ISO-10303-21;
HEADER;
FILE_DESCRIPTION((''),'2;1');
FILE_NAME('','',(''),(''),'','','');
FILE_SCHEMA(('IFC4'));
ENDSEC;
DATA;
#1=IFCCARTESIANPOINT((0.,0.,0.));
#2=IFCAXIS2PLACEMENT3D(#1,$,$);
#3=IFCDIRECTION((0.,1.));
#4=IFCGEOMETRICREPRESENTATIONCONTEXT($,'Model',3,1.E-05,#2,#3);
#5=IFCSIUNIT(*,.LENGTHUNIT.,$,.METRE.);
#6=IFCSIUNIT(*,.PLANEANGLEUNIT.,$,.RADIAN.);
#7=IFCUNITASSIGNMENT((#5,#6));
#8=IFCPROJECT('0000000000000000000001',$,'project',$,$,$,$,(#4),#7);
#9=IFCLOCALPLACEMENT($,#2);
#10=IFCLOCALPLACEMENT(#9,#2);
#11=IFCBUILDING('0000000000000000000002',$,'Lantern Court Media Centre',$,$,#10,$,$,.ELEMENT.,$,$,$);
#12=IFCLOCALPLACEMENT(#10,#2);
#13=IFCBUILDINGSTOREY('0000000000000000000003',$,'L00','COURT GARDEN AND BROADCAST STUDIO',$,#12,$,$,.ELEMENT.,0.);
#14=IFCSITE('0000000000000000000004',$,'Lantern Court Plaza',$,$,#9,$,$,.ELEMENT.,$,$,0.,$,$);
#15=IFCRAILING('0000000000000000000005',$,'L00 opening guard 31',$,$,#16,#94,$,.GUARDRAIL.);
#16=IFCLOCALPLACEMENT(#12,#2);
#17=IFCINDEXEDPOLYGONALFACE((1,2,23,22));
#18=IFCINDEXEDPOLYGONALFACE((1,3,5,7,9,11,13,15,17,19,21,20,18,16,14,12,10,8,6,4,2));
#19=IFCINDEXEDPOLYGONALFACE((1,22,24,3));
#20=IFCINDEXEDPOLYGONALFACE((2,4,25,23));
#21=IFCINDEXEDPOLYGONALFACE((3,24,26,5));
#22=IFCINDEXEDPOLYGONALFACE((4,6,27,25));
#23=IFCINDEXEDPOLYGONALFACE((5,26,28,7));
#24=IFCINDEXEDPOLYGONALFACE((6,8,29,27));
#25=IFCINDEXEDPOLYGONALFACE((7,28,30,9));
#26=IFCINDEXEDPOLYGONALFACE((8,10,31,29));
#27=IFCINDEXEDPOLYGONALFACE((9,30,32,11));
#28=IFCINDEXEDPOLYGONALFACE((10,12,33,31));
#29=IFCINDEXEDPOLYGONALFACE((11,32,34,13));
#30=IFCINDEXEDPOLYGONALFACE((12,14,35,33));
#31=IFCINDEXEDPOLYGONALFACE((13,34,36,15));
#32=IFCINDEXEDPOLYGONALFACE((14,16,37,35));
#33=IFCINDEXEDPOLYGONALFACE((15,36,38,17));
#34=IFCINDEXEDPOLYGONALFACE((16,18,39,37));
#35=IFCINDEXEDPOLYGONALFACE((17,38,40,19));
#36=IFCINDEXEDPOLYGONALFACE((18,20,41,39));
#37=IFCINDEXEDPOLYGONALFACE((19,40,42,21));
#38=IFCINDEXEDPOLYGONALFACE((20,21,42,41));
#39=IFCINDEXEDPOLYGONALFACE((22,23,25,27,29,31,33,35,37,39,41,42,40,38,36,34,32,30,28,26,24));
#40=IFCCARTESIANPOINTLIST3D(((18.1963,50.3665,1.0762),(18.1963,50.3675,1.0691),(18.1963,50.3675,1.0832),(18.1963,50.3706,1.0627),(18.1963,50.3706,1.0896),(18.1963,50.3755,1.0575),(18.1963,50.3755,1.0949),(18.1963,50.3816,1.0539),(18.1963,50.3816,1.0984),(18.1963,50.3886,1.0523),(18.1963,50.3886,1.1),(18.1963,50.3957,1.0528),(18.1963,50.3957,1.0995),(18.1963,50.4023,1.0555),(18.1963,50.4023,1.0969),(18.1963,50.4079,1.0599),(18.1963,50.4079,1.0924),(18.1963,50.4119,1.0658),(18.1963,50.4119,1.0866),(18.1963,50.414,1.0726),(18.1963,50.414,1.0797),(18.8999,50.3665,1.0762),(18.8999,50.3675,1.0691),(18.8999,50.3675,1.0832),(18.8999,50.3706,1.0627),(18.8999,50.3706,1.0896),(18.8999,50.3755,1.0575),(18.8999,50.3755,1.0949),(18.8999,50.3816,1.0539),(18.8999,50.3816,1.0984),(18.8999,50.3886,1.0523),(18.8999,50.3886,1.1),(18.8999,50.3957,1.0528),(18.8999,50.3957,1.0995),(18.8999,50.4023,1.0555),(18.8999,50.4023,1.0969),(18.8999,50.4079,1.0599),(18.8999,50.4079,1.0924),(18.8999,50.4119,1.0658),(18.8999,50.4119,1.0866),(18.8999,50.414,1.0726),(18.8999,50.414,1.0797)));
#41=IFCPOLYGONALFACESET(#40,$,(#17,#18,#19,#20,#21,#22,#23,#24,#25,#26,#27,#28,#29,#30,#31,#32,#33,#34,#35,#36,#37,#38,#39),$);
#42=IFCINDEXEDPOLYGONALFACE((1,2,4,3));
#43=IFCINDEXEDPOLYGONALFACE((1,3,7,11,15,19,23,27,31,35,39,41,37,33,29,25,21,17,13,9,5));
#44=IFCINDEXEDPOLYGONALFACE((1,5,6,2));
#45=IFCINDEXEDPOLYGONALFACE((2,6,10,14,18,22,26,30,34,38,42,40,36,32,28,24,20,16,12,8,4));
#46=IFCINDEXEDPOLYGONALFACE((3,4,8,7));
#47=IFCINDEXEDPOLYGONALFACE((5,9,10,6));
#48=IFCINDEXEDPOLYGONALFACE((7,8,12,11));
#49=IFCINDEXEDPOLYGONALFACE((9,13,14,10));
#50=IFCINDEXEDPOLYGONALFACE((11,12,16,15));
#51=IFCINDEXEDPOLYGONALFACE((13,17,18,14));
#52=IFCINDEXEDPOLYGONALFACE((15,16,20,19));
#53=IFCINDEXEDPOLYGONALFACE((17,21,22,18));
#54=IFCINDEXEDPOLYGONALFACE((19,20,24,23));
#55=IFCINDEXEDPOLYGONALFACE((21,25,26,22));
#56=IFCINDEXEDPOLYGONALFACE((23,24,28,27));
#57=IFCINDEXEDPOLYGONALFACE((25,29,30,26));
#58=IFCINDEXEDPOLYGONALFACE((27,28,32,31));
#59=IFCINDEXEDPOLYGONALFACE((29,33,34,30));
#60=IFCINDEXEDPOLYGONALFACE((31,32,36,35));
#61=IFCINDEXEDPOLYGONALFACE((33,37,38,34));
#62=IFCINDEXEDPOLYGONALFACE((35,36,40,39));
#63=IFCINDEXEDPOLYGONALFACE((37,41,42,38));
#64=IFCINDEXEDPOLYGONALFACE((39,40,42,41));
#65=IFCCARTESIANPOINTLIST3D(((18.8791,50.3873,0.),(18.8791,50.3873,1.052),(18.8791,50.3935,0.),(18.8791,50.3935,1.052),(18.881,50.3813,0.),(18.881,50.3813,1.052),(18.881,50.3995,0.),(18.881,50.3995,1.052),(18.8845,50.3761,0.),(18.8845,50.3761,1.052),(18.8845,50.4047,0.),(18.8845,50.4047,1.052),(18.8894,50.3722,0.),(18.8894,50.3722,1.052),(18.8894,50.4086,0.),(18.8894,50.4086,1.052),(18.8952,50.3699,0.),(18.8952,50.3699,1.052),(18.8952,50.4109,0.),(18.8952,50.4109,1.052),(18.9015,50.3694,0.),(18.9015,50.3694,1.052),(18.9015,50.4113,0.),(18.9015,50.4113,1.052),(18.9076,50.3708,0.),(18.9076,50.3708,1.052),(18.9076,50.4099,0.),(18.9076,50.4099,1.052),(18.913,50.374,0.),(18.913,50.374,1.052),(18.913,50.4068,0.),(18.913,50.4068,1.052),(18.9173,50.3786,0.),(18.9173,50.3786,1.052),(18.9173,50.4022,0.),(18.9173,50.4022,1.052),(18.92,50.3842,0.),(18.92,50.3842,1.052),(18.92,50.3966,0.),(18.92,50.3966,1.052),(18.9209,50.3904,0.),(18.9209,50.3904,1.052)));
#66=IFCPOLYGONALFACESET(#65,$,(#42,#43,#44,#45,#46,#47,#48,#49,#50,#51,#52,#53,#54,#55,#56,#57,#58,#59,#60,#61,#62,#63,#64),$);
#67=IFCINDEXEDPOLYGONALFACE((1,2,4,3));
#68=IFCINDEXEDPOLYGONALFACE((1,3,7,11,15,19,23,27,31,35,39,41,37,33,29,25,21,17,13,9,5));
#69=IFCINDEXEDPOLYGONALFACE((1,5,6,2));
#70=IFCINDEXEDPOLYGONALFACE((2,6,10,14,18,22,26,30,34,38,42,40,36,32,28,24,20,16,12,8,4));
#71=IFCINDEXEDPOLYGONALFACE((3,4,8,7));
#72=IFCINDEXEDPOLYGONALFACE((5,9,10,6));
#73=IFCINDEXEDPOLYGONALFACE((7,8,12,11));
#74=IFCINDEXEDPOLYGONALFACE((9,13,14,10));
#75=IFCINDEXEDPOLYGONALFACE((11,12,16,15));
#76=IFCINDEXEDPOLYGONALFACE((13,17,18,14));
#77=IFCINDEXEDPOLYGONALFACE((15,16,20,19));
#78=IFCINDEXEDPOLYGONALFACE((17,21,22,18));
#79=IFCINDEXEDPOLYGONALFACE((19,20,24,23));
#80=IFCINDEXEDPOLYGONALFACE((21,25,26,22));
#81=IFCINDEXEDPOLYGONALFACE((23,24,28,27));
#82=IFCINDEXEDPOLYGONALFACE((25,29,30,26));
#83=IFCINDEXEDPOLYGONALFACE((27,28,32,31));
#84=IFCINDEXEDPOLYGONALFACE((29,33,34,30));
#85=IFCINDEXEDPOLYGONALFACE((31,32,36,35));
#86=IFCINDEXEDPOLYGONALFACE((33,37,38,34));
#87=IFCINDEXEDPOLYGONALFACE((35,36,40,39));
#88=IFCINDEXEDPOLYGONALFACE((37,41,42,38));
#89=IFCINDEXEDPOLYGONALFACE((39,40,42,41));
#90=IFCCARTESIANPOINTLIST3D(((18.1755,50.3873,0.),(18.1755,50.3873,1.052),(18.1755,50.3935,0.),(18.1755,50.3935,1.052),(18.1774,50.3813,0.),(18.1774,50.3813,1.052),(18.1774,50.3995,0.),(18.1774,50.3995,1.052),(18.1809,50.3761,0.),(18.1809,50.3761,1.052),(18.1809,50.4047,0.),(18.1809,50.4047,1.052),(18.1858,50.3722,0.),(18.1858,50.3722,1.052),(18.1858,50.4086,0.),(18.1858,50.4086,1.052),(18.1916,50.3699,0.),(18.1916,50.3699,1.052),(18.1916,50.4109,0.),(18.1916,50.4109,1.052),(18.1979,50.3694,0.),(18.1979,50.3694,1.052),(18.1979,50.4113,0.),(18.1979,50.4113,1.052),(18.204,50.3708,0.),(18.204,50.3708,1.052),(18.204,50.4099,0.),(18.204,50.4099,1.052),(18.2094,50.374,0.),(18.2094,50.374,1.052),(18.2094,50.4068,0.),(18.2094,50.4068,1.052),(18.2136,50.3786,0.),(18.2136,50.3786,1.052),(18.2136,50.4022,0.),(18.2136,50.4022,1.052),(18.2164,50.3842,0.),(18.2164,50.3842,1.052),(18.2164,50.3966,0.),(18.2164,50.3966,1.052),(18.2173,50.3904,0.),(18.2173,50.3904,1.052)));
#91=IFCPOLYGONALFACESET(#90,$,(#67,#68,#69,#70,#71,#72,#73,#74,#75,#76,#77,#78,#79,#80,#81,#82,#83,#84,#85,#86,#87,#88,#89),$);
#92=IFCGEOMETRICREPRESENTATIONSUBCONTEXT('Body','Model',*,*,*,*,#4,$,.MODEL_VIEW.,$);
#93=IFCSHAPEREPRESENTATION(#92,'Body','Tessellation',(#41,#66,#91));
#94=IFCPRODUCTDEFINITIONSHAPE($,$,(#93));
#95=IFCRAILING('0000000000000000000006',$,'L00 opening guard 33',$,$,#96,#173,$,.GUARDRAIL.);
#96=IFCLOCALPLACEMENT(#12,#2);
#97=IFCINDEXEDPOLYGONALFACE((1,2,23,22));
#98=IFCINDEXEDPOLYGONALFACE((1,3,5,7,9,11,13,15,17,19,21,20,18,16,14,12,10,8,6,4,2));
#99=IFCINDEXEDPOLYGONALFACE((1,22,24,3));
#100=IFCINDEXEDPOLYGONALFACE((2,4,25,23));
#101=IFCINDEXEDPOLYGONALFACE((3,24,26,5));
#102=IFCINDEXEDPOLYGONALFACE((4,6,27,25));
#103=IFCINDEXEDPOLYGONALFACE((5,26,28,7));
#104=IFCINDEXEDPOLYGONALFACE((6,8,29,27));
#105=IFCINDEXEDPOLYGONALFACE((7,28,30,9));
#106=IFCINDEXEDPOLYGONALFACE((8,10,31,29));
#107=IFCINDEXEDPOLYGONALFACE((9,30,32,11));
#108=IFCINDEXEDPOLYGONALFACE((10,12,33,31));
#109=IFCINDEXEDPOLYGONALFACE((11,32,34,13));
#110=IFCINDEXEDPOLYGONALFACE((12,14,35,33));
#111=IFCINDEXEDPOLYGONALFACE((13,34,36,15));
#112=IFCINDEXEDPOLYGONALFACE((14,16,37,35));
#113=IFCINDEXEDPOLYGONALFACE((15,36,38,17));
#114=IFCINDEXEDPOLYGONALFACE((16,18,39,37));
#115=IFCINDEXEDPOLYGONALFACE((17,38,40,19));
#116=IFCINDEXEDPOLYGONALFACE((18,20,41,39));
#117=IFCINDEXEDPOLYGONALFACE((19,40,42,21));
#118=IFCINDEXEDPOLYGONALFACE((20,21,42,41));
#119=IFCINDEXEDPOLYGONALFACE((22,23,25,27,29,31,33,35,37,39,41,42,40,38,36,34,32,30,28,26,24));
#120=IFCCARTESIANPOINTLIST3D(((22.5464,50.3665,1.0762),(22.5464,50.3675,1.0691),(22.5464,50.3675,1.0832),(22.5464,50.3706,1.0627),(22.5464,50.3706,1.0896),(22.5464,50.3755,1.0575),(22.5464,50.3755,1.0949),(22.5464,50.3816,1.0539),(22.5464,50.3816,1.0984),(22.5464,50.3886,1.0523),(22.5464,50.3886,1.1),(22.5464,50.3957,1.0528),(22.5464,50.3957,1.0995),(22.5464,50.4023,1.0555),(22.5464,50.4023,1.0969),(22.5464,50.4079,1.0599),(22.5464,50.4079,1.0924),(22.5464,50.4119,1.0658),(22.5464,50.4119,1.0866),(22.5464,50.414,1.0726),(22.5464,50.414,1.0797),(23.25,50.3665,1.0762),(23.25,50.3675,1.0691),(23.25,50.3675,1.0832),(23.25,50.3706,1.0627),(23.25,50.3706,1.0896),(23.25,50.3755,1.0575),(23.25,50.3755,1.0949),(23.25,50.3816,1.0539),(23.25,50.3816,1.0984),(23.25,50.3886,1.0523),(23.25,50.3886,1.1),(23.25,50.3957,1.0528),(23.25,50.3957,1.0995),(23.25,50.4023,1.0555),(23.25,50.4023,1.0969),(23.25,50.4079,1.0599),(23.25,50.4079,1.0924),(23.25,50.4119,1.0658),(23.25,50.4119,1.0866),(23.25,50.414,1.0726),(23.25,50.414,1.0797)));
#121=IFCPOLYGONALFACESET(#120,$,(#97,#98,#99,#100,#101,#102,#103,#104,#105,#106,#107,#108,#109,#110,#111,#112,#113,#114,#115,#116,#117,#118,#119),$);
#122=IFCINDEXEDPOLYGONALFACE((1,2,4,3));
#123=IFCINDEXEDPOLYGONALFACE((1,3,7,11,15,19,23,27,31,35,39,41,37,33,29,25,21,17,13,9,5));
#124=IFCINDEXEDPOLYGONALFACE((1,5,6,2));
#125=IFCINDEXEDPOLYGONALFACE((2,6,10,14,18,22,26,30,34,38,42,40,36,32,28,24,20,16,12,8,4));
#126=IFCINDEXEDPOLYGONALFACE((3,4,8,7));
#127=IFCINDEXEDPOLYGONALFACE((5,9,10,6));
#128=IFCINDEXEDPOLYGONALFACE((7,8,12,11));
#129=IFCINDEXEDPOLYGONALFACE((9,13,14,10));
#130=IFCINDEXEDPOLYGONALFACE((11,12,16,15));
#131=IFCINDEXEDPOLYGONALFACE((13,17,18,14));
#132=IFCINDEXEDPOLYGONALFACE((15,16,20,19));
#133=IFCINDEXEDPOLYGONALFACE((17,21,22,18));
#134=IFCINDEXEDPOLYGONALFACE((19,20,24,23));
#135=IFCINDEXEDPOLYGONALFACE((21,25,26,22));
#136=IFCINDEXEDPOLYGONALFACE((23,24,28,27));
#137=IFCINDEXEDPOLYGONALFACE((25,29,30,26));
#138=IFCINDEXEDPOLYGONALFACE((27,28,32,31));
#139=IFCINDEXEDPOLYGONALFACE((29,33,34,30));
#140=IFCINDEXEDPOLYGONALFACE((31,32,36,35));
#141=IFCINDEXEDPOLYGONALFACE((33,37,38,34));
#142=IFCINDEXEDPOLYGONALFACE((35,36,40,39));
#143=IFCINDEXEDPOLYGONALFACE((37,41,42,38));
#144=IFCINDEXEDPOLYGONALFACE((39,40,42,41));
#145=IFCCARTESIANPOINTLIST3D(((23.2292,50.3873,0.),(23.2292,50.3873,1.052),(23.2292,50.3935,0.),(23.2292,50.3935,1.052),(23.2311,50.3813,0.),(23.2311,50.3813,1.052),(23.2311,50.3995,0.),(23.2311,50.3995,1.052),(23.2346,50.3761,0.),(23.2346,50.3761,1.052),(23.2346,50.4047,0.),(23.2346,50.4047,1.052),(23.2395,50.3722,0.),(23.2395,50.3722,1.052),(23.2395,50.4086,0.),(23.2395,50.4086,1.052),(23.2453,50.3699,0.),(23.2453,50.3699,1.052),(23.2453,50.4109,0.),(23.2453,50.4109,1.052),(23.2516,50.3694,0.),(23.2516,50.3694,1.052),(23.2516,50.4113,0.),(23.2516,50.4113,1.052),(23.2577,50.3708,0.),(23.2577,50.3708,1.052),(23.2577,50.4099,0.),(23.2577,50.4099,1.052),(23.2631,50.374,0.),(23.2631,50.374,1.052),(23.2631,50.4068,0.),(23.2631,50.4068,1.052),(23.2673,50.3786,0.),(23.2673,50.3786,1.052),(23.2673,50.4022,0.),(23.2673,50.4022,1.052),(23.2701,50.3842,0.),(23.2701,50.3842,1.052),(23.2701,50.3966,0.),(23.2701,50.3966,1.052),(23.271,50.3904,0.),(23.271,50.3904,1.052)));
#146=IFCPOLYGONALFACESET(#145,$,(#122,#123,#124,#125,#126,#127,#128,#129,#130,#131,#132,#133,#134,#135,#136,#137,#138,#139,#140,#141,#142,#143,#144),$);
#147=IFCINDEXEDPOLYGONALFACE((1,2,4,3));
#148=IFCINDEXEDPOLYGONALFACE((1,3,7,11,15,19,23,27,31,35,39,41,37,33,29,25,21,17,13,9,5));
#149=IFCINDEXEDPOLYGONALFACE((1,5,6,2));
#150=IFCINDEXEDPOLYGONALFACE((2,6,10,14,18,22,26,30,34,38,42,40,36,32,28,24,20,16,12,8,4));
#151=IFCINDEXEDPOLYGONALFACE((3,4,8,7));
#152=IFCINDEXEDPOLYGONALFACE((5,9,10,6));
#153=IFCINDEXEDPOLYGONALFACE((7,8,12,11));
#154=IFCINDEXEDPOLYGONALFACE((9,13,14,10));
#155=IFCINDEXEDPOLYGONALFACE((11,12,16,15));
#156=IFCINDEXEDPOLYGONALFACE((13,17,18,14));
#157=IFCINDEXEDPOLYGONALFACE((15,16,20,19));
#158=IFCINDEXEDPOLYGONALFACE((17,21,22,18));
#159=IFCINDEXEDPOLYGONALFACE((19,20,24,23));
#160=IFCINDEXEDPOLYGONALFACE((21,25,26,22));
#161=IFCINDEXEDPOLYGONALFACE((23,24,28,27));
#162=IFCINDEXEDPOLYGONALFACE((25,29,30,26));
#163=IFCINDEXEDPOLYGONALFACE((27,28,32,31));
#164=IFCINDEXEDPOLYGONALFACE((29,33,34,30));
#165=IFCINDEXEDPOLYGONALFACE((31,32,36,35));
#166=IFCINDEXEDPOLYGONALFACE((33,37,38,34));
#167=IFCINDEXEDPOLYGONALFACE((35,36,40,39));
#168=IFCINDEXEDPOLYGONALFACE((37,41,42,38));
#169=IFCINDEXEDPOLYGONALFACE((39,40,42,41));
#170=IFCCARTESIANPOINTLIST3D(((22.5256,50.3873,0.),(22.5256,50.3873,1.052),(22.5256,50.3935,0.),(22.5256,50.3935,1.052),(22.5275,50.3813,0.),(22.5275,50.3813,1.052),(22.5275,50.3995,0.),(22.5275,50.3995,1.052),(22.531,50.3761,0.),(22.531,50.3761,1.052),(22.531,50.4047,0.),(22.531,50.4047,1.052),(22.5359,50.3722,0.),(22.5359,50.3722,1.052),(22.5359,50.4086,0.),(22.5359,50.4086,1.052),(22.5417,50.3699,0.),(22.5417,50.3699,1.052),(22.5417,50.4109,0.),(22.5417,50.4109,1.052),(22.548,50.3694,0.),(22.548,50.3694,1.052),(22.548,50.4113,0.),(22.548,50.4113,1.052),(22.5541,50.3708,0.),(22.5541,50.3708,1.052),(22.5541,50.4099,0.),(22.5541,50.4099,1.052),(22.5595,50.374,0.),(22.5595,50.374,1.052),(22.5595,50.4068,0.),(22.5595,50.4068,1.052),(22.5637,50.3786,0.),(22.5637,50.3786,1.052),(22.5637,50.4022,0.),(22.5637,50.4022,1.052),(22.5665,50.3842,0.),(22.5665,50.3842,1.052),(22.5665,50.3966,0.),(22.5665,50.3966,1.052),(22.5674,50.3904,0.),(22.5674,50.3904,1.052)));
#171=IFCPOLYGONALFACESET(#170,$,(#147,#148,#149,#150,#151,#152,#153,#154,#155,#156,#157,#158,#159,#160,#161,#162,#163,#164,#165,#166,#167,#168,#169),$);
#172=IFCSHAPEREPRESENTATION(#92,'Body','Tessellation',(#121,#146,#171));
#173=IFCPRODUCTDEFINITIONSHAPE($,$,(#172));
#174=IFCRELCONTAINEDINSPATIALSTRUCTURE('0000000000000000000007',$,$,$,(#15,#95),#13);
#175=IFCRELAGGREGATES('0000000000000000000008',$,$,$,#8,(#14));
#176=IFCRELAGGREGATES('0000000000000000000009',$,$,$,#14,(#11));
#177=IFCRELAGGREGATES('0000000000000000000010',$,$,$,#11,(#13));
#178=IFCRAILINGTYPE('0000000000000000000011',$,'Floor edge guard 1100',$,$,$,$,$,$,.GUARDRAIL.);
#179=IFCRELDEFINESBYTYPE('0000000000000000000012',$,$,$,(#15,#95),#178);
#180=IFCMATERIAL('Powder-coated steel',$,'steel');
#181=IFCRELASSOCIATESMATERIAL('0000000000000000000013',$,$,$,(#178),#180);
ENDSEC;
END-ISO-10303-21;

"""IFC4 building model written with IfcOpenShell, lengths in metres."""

from ifc_helpers import new_model, si_unit, direction, frame, origin, origin_2d, place, context, subcontext, project, spatial, circle, extrude, material, type_object, element, save


model = new_model("IFC4")

# Units and contexts
model_context = context("Model", 3, precision=1e-05, world=origin(), true_north=direction((0.0, 1.0)))
body_context = subcontext(model_context, "Body", "Model", "MODEL_VIEW")
ifc_project = project(units=[si_unit("LENGTHUNIT", "METRE"), si_unit("PLANEANGLEUNIT", "RADIAN")], contexts=[model_context])

# Site, building, storey
site_placement = place(None, origin())
site = spatial("IfcSite", under=ifc_project, at=site_placement, Name="Lantern Court Plaza", CompositionType="ELEMENT", RefElevation=0.0)
building_placement = place(site_placement, origin())
building = spatial("IfcBuilding", under=site, at=building_placement, Name="Lantern Court Media Centre", CompositionType="ELEMENT")
storey_placement = place(building_placement, origin())
storey = spatial("IfcBuildingStorey", under=building, at=storey_placement, Name="L00", Description="COURT GARDEN AND BROADCAST STUDIO", CompositionType="ELEMENT", Elevation=0.0)

# Railings
ifc_material_1 = material(Name="Powder-coated steel", Category="steel")
railing_type_1 = type_object("IfcRailingType", Name="Floor edge guard 1100", PredefinedType="GUARDRAIL", material=ifc_material_1)
for number, where, name in (
    (1, (18.8999, 50.3904, 0.0), "L00 opening guard 31"),
    (2, (23.25, 50.3904, 0.0), "L00 opening guard 33"),
):
    element("IfcRailing", number, at=place(storey_placement, frame(where)), inside=storey, type_object=railing_type_1, Name=name, PredefinedType="GUARDRAIL", context=body_context, shape_type="SweptSolid", body=[
        extrude(circle(Radius=0.0239, at=origin_2d()), frame((0.0, 0.0, 1.0762), z_axis=(-1.0, 0.0, 0.0), x_axis=(0.0, -1.0, 0.0)), (0.0, 0.0, 1.0), 0.7036),
        extrude(circle(Radius=0.021, at=origin_2d()), origin(), (0.0, 0.0, 1.0), 1.052),
        extrude(circle(Radius=0.021, at=origin_2d()), frame((-0.7036, 0.0, 0.0)), (0.0, 0.0, 1.0), 1.052),
    ])

save(model, "model.ifc")
